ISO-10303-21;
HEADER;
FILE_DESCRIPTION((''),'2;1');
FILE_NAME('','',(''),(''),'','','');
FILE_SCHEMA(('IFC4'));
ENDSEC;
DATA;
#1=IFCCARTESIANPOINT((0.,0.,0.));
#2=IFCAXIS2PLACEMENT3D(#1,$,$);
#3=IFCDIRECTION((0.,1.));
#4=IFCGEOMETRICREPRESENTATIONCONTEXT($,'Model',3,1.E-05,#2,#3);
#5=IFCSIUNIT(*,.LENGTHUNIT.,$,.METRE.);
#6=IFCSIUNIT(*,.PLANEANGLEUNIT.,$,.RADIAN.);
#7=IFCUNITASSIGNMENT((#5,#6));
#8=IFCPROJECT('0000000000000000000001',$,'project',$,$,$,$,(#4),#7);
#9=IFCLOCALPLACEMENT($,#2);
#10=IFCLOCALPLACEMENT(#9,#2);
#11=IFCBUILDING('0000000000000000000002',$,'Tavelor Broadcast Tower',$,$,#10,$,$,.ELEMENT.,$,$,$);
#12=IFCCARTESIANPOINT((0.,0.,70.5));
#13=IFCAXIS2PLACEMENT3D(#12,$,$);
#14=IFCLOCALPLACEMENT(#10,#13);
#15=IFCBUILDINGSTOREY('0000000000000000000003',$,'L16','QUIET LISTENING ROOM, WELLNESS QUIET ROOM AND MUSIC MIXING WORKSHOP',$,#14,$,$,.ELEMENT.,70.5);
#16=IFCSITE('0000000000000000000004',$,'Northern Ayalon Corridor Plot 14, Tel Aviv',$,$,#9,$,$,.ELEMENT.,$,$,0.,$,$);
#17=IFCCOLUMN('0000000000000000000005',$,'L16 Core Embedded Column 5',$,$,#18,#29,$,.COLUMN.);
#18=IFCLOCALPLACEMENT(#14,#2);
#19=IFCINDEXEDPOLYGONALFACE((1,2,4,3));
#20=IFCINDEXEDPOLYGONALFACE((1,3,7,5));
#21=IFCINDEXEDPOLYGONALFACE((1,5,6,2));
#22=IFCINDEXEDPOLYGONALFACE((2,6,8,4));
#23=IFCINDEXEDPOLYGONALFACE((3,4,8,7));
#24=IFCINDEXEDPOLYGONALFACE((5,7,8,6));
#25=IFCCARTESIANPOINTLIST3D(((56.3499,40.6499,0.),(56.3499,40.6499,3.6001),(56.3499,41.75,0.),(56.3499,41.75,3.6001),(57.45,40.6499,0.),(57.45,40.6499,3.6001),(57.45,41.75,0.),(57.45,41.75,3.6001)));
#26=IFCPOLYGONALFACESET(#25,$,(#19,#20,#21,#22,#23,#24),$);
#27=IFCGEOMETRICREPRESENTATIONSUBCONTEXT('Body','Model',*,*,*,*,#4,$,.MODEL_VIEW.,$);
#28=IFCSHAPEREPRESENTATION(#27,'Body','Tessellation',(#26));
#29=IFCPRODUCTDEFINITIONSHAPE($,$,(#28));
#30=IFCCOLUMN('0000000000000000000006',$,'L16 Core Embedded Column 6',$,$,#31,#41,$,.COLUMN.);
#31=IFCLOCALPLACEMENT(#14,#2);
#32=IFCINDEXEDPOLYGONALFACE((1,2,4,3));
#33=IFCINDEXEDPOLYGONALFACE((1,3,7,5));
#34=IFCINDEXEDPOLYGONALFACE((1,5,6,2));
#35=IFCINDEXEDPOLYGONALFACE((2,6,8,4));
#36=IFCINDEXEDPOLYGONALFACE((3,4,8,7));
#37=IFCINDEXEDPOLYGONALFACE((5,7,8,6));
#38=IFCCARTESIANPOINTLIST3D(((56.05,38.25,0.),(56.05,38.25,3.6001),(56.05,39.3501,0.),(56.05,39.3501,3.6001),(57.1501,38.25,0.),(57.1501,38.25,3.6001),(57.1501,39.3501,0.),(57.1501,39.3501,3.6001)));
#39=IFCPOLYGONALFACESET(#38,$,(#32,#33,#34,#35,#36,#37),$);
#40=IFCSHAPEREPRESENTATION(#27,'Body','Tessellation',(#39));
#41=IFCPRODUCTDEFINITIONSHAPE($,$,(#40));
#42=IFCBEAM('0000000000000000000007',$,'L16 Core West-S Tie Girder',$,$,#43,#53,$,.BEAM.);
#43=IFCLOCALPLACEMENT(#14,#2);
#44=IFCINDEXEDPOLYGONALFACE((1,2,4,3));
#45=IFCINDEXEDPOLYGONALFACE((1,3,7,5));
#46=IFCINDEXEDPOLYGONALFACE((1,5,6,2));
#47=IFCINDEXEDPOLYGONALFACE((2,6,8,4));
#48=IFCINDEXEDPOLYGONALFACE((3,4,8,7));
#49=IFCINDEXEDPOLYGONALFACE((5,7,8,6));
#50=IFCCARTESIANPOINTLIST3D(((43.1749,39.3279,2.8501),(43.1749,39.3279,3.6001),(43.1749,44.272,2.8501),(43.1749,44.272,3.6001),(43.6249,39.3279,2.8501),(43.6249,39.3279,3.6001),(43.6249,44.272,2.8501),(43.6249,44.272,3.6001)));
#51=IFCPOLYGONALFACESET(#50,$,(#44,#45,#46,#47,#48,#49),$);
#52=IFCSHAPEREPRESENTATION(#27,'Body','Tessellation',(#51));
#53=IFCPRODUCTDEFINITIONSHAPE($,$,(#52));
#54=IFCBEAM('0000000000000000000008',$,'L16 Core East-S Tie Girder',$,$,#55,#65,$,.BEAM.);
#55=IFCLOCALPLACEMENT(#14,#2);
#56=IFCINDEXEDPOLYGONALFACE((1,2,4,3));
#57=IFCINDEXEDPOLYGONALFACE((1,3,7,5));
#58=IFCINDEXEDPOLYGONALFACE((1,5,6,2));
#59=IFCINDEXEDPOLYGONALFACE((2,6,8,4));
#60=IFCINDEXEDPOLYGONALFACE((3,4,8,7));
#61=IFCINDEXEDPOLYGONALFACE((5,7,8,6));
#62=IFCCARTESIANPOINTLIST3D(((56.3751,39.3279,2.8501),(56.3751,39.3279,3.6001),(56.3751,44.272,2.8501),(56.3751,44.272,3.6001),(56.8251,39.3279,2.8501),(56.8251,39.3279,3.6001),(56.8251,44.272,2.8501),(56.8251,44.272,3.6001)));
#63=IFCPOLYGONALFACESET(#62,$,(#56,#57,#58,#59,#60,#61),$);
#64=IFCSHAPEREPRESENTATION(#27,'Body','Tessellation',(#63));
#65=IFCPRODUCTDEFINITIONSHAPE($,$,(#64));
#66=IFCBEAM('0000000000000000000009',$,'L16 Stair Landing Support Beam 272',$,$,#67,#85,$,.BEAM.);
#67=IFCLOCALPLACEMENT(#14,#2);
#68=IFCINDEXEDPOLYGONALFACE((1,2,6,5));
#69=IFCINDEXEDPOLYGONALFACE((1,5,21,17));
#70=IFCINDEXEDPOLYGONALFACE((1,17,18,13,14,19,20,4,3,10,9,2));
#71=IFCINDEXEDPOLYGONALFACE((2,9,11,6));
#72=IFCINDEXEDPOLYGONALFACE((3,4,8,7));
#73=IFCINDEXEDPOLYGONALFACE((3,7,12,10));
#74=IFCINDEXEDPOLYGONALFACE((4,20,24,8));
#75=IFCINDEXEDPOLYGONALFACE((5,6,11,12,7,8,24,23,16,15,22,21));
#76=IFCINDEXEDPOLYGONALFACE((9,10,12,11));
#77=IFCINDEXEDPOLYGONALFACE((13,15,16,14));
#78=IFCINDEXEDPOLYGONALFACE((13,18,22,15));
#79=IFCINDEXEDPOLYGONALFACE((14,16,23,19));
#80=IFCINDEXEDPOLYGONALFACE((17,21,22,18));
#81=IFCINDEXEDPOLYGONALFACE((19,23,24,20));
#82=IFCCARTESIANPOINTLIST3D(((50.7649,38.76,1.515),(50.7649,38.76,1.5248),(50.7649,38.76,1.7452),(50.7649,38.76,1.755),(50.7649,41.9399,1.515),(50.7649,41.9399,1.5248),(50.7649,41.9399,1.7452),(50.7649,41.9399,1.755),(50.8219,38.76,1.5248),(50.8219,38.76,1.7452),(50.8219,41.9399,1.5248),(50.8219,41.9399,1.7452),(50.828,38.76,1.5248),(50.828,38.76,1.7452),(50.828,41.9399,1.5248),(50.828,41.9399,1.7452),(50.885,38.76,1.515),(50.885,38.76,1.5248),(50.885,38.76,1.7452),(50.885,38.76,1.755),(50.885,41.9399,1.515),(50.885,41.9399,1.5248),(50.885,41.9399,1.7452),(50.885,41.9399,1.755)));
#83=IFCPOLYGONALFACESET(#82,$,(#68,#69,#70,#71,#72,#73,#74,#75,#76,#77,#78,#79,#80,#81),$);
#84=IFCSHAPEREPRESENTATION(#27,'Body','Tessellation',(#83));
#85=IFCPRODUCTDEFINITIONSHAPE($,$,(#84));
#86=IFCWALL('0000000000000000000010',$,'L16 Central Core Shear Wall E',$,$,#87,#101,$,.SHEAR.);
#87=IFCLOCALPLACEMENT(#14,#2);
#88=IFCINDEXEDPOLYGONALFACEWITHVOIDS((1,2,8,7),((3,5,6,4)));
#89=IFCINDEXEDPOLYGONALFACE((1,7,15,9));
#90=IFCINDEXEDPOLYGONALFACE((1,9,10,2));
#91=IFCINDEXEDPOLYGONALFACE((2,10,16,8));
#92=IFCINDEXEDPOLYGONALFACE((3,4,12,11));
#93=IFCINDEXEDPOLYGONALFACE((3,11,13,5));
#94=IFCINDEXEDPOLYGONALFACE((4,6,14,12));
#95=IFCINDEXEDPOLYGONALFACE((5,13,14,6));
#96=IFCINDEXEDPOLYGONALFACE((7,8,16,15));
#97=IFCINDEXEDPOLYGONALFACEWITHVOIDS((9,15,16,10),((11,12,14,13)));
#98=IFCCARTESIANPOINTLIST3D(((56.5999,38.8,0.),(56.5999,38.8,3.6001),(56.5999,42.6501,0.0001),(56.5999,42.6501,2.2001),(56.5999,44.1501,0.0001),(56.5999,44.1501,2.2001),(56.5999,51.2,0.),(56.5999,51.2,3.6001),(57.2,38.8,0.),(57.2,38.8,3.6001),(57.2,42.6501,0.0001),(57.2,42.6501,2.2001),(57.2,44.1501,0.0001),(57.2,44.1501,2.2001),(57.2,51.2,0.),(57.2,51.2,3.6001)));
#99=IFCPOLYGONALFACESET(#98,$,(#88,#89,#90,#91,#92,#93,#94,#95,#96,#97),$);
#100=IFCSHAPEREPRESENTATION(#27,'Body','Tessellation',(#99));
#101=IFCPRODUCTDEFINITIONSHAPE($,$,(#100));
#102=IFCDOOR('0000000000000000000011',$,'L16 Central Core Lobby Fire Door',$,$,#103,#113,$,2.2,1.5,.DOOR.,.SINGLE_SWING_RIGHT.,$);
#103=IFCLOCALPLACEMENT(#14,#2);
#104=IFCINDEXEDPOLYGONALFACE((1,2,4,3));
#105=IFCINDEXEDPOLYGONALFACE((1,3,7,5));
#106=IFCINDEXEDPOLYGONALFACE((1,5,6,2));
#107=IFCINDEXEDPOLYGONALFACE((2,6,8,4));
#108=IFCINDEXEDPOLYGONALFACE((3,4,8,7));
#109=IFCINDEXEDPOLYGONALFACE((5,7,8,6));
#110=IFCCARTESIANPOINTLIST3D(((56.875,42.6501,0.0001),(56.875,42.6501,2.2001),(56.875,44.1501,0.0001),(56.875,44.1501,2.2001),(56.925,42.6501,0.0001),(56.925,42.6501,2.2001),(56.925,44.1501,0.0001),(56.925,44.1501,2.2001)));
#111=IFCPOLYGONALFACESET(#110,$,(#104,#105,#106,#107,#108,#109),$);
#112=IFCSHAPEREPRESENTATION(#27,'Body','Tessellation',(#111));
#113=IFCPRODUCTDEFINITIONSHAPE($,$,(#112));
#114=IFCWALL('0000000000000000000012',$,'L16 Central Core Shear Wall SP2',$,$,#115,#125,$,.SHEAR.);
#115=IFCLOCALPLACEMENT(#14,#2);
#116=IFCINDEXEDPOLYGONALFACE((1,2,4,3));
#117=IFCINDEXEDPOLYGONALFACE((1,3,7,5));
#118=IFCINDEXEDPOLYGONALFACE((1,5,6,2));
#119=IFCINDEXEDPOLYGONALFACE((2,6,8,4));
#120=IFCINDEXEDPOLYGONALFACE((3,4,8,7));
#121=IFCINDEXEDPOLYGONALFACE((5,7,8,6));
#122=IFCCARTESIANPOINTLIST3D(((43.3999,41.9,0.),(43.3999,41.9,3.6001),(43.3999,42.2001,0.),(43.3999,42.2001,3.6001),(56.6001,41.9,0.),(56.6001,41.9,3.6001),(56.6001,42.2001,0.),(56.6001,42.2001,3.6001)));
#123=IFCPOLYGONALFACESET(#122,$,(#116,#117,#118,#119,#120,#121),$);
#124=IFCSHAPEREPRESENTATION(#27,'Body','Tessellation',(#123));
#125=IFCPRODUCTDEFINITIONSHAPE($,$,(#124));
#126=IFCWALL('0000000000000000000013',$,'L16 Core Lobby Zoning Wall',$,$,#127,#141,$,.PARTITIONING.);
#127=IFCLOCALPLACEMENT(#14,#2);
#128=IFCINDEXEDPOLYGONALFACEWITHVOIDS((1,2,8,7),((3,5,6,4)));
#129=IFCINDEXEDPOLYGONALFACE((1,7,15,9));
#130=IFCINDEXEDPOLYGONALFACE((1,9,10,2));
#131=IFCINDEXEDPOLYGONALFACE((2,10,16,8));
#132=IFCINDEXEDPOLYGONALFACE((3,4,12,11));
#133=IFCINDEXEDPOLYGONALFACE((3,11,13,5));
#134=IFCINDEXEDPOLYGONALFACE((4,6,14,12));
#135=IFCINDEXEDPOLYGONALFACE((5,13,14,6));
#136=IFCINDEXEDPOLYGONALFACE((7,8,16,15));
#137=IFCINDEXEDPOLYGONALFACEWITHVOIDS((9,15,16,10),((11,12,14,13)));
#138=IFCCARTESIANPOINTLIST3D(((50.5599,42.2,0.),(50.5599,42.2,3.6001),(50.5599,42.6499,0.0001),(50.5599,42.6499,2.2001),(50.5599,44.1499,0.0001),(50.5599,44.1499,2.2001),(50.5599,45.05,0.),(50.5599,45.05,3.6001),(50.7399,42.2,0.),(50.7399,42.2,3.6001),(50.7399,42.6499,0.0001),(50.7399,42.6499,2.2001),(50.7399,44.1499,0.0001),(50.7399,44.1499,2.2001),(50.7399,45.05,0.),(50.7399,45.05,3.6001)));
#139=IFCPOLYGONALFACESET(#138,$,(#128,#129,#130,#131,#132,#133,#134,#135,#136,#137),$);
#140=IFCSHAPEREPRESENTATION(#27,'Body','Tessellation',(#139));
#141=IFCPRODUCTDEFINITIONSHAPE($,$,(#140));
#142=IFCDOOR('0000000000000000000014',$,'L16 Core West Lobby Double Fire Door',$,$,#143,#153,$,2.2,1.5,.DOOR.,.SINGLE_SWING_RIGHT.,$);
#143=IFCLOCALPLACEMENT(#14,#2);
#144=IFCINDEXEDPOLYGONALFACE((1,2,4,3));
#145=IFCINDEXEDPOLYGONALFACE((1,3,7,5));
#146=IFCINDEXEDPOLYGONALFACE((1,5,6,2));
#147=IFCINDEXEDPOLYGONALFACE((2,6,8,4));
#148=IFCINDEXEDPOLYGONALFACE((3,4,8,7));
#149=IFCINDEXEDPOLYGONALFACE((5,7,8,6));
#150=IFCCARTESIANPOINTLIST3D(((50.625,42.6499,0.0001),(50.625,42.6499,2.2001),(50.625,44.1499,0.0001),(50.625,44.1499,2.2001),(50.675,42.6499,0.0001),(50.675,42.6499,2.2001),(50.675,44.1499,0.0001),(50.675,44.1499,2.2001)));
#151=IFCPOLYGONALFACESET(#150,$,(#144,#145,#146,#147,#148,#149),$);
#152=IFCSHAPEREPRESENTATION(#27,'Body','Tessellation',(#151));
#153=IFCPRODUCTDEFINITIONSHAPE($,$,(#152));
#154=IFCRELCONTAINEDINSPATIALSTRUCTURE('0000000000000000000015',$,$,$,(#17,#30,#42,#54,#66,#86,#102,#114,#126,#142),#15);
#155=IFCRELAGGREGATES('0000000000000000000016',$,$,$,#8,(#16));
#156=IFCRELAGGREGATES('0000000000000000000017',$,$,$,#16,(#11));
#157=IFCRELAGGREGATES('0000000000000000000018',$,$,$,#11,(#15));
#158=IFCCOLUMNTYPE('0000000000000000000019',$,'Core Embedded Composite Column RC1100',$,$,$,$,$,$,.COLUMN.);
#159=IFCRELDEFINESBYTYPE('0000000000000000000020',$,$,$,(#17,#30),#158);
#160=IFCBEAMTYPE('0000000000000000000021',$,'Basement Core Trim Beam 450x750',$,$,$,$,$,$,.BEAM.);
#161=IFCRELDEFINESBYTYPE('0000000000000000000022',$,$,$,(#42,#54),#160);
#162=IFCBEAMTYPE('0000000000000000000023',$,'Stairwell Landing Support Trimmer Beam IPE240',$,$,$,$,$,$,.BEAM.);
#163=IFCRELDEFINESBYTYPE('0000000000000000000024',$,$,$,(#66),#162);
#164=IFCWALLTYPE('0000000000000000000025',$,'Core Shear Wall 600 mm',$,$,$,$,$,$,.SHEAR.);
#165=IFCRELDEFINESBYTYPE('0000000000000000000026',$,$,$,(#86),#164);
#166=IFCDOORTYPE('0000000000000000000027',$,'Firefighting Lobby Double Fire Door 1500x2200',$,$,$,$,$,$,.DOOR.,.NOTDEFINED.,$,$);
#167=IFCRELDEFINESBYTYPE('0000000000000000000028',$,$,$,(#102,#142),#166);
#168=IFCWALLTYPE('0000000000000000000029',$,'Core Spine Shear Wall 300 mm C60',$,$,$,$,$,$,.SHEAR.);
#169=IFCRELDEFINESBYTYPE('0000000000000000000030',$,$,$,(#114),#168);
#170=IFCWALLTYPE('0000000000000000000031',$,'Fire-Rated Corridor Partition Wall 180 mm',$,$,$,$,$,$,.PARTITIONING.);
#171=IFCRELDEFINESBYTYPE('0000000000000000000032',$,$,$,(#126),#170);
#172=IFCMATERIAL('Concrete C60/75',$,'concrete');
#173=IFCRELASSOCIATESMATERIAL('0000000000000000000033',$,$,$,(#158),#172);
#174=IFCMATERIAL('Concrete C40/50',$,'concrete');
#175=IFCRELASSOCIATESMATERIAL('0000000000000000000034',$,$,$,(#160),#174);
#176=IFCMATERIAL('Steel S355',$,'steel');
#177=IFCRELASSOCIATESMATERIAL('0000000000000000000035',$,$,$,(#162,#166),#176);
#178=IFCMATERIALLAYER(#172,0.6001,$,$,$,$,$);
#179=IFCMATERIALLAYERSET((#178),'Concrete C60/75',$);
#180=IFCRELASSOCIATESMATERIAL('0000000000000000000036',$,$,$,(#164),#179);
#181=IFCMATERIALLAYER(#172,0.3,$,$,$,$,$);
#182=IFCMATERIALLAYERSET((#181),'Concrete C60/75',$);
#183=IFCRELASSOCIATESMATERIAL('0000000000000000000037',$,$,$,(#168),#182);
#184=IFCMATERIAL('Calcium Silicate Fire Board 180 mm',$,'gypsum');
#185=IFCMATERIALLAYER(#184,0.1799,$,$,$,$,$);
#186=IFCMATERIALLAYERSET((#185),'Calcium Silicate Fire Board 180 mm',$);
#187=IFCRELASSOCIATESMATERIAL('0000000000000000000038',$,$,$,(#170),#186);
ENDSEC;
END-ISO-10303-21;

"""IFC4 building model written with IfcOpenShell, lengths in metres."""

from ifc_helpers import new_model, si_unit, direction, frame, frame_2d, origin, origin_2d, place, context, subcontext, project, spatial, rectangle, i_section, extrude, material, layer, layer_set, material_profile, profile_set, type_object, element, fill, save


model = new_model("IFC4")

# Units and contexts
model_context = context("Model", 3, precision=1e-05, world=origin(), true_north=direction((0.0, 1.0)))
body_context = subcontext(model_context, "Body", "Model", "MODEL_VIEW")
ifc_project = project(units=[si_unit("LENGTHUNIT", "METRE"), si_unit("PLANEANGLEUNIT", "RADIAN")], contexts=[model_context])

# Site, building, storey
site_placement = place(None, origin())
site = spatial("IfcSite", under=ifc_project, at=site_placement, Name="Northern Ayalon Corridor Plot 14, Tel Aviv", CompositionType="ELEMENT", RefElevation=0.0)
building_placement = place(site_placement, origin())
building = spatial("IfcBuilding", under=site, at=building_placement, Name="Tavelor Broadcast Tower", CompositionType="ELEMENT")
storey_placement = place(building_placement, frame((0.0, 0.0, 70.5)))
storey = spatial("IfcBuildingStorey", under=building, at=storey_placement, Name="L16", Description="QUIET LISTENING ROOM, WELLNESS QUIET ROOM AND MUSIC MIXING WORKSHOP", CompositionType="ELEMENT", Elevation=70.5)

# Columns
ifc_material_1 = material(Name="Concrete C60/75", Category="concrete")
ifc_material_profile_1 = material_profile(ifc_material_1, rectangle(XDim=1.1001, YDim=1.1001, at=origin_2d()), Name="RC 1100x1100")
ifc_profile_set_1 = profile_set([ifc_material_profile_1], Name="Concrete C60/75")
column_type = type_object("IfcColumnType", Name="Core Embedded Composite Column RC1100", PredefinedType="COLUMN", material=ifc_profile_set_1)
for number, where, z_axis, x_axis, name in (
    (1, (56.8999, 41.2, 0.0), (0.0, 0.0, 1.0), (1.0, 0.0, 0.0), "L16 Core Embedded Column 5"),
    (2, (56.6001, 38.8, 0.0), (0.0, 0.0, 1.0), (1.0, 0.0, 0.0), "L16 Core Embedded Column 6"),
):
    element("IfcColumn", number, at=place(storey_placement, frame(where, z_axis=z_axis, x_axis=x_axis)), inside=storey, type_object=column_type, Name=name, PredefinedType="COLUMN", context=body_context, shape_type="SweptSolid", body=[
        extrude(rectangle(XDim=1.1001, YDim=1.1001, at=origin_2d()), origin(), (0.0, 0.0, 1.0), 3.6001),
    ])

# Beams
ifc_material_2 = material(Name="Concrete C40/50", Category="concrete")
ifc_material_profile_2 = material_profile(ifc_material_2, rectangle(XDim=0.45, YDim=0.75, at=origin_2d()), Name="RC 450x750")
ifc_profile_set_2 = profile_set([ifc_material_profile_2], Name="Concrete C40/50")
beam_type_1 = type_object("IfcBeamType", Name="Basement Core Trim Beam 450x750", PredefinedType="BEAM", material=ifc_profile_set_2)
for number, where, z_axis, x_axis, name in (
    (3, (43.3999, 39.3279, 3.2251), (0.0, 1.0, 0.0), (-1.0, 0.0, 0.0), "L16 Core West-S Tie Girder"),
    (4, (56.6001, 39.3279, 3.2251), (0.0, 1.0, 0.0), (-1.0, 0.0, 0.0), "L16 Core East-S Tie Girder"),
):
    element("IfcBeam", number, at=place(storey_placement, frame(where, z_axis=z_axis, x_axis=x_axis)), inside=storey, type_object=beam_type_1, Name=name, PredefinedType="BEAM", context=body_context, shape_type="SweptSolid", body=[
        extrude(rectangle(XDim=0.45, YDim=0.75, at=origin_2d()), origin(), (0.0, 0.0, 1.0), 4.9441),
    ])
ifc_material_3 = material(Name="Steel S355", Category="steel")
ifc_material_profile_3 = material_profile(ifc_material_3, i_section(OverallWidth=0.1201, OverallDepth=0.24, WebThickness=0.0061, FlangeThickness=0.0098, at=origin_2d()), Name="IPE 240")
ifc_profile_set_3 = profile_set([ifc_material_profile_3], Name="Steel S355")
beam_type_2 = type_object("IfcBeamType", Name="Stairwell Landing Support Trimmer Beam IPE240", PredefinedType="BEAM", material=ifc_profile_set_3)
beam_placement = place(storey_placement, frame((50.825, 38.76, 1.635), z_axis=(0.0, 1.0, 0.0), x_axis=(-1.0, 0.0, 0.0)))
element("IfcBeam", 5, at=beam_placement, inside=storey, type_object=beam_type_2, Name="L16 Stair Landing Support Beam 272", PredefinedType="BEAM", context=body_context, shape_type="SweptSolid", body=[
    extrude(i_section(OverallWidth=0.1201, OverallDepth=0.24, WebThickness=0.0061, FlangeThickness=0.0098, at=origin_2d()), origin(), (0.0, 0.0, 1.0), 3.1799),
])

# Wall, opening, door
ifc_layer_1 = layer(ifc_material_1, 0.6001)
ifc_layer_set_1 = layer_set([ifc_layer_1], Name="Concrete C60/75")
wall_type_1 = type_object("IfcWallType", Name="Core Shear Wall 600 mm", PredefinedType="SHEAR", material=ifc_layer_set_1)
wall_1_placement = place(storey_placement, frame((56.8999, 38.8, 0.0), z_axis=(0.0, 0.0, 1.0), x_axis=(0.0, 1.0, 0.0)))
wall_1 = element("IfcWall", 6, at=wall_1_placement, inside=storey, type_object=wall_type_1, Name="L16 Central Core Shear Wall E", PredefinedType="SHEAR", context=body_context, shape_type="SweptSolid", body=[
    extrude(rectangle(XDim=12.3999, YDim=0.6001, at=frame_2d((6.2, 0.0))), origin(), (0.0, 0.0, 1.0), 3.6001),
])
opening_1_placement = place(wall_1_placement, frame((3.8501, 0.0, 0.0)))
opening_1 = element("IfcOpeningElement", 7, at=opening_1_placement, cuts=wall_1, PredefinedType="OPENING", context=body_context, shape_type="SweptSolid", body=[
    extrude(rectangle(XDim=1.5, YDim=2.2, at=frame_2d((0.75, 1.1001))), frame((0.0, 0.3101, 0.0), z_axis=(0.0, -1.0, 0.0), x_axis=(1.0, 0.0, 0.0)), (0.0, 0.0, 1.0), 0.6201),
])
door_type_1 = type_object("IfcDoorType", Name="Firefighting Lobby Double Fire Door 1500x2200", OperationType="NOTDEFINED", PredefinedType="DOOR", material=ifc_material_3)
door_1_placement = place(opening_1_placement, origin())
door_1 = element("IfcDoor", 8, at=door_1_placement, inside=storey, type_object=door_type_1, Name="L16 Central Core Lobby Fire Door", OperationType="SINGLE_SWING_RIGHT", OverallHeight=2.2, OverallWidth=1.5, PredefinedType="DOOR", context=body_context, shape_type="SweptSolid", body=[
    extrude(rectangle(XDim=1.5, YDim=2.2, at=frame_2d((0.75, 1.1001))), frame((0.0, 0.0249, 0.0), z_axis=(0.0, -1.0, 0.0), x_axis=(1.0, 0.0, 0.0)), (0.0, 0.0, 1.0), 0.05),
])
fill(opening_1, door_1)

# Wall
ifc_layer_2 = layer(ifc_material_1, 0.3)
ifc_layer_set_2 = layer_set([ifc_layer_2], Name="Concrete C60/75")
wall_type_2 = type_object("IfcWallType", Name="Core Spine Shear Wall 300 mm C60", PredefinedType="SHEAR", material=ifc_layer_set_2)
wall_2_placement = place(storey_placement, frame((43.3999, 42.05, 0.0), z_axis=(0.0, 0.0, 1.0), x_axis=(1.0, 0.0, 0.0)))
element("IfcWall", 9, at=wall_2_placement, inside=storey, type_object=wall_type_2, Name="L16 Central Core Shear Wall SP2", PredefinedType="SHEAR", context=body_context, shape_type="SweptSolid", body=[
    extrude(rectangle(XDim=13.2002, YDim=0.3, at=frame_2d((6.6001, 0.0))), origin(), (0.0, 0.0, 1.0), 3.6001),
])

# Wall, opening, door
ifc_material_4 = material(Name="Calcium Silicate Fire Board 180 mm", Category="gypsum")
ifc_layer_3 = layer(ifc_material_4, 0.1799)
ifc_layer_set_3 = layer_set([ifc_layer_3], Name="Calcium Silicate Fire Board 180 mm")
wall_type_3 = type_object("IfcWallType", Name="Fire-Rated Corridor Partition Wall 180 mm", PredefinedType="PARTITIONING", material=ifc_layer_set_3)
wall_3_placement = place(storey_placement, frame((50.6499, 42.2, 0.0), z_axis=(0.0, 0.0, 1.0), x_axis=(0.0, 1.0, 0.0)))
wall_3 = element("IfcWall", 10, at=wall_3_placement, inside=storey, type_object=wall_type_3, Name="L16 Core Lobby Zoning Wall", PredefinedType="PARTITIONING", context=body_context, shape_type="SweptSolid", body=[
    extrude(rectangle(XDim=2.8501, YDim=0.1799, at=frame_2d((1.425, 0.0))), origin(), (0.0, 0.0, 1.0), 3.6001),
])
opening_2_placement = place(wall_3_placement, frame((0.45, 0.0, 0.0)))
opening_2 = element("IfcOpeningElement", 11, at=opening_2_placement, cuts=wall_3, PredefinedType="OPENING", context=body_context, shape_type="SweptSolid", body=[
    extrude(rectangle(XDim=1.5, YDim=2.2, at=frame_2d((0.75, 1.1001))), frame((0.0, 0.1001, 0.0), z_axis=(0.0, -1.0, 0.0), x_axis=(1.0, 0.0, 0.0)), (0.0, 0.0, 1.0), 0.2),
])
door_2_placement = place(opening_2_placement, origin())
door_2 = element("IfcDoor", 12, at=door_2_placement, inside=storey, type_object=door_type_1, Name="L16 Core West Lobby Double Fire Door", OperationType="SINGLE_SWING_RIGHT", OverallHeight=2.2, OverallWidth=1.5, PredefinedType="DOOR", context=body_context, shape_type="SweptSolid", body=[
    extrude(rectangle(XDim=1.5, YDim=2.2, at=frame_2d((0.75, 1.1001))), frame((0.0, 0.0249, 0.0), z_axis=(0.0, -1.0, 0.0), x_axis=(1.0, 0.0, 0.0)), (0.0, 0.0, 1.0), 0.05),
])
fill(opening_2, door_2)

save(model, "model.ifc")
